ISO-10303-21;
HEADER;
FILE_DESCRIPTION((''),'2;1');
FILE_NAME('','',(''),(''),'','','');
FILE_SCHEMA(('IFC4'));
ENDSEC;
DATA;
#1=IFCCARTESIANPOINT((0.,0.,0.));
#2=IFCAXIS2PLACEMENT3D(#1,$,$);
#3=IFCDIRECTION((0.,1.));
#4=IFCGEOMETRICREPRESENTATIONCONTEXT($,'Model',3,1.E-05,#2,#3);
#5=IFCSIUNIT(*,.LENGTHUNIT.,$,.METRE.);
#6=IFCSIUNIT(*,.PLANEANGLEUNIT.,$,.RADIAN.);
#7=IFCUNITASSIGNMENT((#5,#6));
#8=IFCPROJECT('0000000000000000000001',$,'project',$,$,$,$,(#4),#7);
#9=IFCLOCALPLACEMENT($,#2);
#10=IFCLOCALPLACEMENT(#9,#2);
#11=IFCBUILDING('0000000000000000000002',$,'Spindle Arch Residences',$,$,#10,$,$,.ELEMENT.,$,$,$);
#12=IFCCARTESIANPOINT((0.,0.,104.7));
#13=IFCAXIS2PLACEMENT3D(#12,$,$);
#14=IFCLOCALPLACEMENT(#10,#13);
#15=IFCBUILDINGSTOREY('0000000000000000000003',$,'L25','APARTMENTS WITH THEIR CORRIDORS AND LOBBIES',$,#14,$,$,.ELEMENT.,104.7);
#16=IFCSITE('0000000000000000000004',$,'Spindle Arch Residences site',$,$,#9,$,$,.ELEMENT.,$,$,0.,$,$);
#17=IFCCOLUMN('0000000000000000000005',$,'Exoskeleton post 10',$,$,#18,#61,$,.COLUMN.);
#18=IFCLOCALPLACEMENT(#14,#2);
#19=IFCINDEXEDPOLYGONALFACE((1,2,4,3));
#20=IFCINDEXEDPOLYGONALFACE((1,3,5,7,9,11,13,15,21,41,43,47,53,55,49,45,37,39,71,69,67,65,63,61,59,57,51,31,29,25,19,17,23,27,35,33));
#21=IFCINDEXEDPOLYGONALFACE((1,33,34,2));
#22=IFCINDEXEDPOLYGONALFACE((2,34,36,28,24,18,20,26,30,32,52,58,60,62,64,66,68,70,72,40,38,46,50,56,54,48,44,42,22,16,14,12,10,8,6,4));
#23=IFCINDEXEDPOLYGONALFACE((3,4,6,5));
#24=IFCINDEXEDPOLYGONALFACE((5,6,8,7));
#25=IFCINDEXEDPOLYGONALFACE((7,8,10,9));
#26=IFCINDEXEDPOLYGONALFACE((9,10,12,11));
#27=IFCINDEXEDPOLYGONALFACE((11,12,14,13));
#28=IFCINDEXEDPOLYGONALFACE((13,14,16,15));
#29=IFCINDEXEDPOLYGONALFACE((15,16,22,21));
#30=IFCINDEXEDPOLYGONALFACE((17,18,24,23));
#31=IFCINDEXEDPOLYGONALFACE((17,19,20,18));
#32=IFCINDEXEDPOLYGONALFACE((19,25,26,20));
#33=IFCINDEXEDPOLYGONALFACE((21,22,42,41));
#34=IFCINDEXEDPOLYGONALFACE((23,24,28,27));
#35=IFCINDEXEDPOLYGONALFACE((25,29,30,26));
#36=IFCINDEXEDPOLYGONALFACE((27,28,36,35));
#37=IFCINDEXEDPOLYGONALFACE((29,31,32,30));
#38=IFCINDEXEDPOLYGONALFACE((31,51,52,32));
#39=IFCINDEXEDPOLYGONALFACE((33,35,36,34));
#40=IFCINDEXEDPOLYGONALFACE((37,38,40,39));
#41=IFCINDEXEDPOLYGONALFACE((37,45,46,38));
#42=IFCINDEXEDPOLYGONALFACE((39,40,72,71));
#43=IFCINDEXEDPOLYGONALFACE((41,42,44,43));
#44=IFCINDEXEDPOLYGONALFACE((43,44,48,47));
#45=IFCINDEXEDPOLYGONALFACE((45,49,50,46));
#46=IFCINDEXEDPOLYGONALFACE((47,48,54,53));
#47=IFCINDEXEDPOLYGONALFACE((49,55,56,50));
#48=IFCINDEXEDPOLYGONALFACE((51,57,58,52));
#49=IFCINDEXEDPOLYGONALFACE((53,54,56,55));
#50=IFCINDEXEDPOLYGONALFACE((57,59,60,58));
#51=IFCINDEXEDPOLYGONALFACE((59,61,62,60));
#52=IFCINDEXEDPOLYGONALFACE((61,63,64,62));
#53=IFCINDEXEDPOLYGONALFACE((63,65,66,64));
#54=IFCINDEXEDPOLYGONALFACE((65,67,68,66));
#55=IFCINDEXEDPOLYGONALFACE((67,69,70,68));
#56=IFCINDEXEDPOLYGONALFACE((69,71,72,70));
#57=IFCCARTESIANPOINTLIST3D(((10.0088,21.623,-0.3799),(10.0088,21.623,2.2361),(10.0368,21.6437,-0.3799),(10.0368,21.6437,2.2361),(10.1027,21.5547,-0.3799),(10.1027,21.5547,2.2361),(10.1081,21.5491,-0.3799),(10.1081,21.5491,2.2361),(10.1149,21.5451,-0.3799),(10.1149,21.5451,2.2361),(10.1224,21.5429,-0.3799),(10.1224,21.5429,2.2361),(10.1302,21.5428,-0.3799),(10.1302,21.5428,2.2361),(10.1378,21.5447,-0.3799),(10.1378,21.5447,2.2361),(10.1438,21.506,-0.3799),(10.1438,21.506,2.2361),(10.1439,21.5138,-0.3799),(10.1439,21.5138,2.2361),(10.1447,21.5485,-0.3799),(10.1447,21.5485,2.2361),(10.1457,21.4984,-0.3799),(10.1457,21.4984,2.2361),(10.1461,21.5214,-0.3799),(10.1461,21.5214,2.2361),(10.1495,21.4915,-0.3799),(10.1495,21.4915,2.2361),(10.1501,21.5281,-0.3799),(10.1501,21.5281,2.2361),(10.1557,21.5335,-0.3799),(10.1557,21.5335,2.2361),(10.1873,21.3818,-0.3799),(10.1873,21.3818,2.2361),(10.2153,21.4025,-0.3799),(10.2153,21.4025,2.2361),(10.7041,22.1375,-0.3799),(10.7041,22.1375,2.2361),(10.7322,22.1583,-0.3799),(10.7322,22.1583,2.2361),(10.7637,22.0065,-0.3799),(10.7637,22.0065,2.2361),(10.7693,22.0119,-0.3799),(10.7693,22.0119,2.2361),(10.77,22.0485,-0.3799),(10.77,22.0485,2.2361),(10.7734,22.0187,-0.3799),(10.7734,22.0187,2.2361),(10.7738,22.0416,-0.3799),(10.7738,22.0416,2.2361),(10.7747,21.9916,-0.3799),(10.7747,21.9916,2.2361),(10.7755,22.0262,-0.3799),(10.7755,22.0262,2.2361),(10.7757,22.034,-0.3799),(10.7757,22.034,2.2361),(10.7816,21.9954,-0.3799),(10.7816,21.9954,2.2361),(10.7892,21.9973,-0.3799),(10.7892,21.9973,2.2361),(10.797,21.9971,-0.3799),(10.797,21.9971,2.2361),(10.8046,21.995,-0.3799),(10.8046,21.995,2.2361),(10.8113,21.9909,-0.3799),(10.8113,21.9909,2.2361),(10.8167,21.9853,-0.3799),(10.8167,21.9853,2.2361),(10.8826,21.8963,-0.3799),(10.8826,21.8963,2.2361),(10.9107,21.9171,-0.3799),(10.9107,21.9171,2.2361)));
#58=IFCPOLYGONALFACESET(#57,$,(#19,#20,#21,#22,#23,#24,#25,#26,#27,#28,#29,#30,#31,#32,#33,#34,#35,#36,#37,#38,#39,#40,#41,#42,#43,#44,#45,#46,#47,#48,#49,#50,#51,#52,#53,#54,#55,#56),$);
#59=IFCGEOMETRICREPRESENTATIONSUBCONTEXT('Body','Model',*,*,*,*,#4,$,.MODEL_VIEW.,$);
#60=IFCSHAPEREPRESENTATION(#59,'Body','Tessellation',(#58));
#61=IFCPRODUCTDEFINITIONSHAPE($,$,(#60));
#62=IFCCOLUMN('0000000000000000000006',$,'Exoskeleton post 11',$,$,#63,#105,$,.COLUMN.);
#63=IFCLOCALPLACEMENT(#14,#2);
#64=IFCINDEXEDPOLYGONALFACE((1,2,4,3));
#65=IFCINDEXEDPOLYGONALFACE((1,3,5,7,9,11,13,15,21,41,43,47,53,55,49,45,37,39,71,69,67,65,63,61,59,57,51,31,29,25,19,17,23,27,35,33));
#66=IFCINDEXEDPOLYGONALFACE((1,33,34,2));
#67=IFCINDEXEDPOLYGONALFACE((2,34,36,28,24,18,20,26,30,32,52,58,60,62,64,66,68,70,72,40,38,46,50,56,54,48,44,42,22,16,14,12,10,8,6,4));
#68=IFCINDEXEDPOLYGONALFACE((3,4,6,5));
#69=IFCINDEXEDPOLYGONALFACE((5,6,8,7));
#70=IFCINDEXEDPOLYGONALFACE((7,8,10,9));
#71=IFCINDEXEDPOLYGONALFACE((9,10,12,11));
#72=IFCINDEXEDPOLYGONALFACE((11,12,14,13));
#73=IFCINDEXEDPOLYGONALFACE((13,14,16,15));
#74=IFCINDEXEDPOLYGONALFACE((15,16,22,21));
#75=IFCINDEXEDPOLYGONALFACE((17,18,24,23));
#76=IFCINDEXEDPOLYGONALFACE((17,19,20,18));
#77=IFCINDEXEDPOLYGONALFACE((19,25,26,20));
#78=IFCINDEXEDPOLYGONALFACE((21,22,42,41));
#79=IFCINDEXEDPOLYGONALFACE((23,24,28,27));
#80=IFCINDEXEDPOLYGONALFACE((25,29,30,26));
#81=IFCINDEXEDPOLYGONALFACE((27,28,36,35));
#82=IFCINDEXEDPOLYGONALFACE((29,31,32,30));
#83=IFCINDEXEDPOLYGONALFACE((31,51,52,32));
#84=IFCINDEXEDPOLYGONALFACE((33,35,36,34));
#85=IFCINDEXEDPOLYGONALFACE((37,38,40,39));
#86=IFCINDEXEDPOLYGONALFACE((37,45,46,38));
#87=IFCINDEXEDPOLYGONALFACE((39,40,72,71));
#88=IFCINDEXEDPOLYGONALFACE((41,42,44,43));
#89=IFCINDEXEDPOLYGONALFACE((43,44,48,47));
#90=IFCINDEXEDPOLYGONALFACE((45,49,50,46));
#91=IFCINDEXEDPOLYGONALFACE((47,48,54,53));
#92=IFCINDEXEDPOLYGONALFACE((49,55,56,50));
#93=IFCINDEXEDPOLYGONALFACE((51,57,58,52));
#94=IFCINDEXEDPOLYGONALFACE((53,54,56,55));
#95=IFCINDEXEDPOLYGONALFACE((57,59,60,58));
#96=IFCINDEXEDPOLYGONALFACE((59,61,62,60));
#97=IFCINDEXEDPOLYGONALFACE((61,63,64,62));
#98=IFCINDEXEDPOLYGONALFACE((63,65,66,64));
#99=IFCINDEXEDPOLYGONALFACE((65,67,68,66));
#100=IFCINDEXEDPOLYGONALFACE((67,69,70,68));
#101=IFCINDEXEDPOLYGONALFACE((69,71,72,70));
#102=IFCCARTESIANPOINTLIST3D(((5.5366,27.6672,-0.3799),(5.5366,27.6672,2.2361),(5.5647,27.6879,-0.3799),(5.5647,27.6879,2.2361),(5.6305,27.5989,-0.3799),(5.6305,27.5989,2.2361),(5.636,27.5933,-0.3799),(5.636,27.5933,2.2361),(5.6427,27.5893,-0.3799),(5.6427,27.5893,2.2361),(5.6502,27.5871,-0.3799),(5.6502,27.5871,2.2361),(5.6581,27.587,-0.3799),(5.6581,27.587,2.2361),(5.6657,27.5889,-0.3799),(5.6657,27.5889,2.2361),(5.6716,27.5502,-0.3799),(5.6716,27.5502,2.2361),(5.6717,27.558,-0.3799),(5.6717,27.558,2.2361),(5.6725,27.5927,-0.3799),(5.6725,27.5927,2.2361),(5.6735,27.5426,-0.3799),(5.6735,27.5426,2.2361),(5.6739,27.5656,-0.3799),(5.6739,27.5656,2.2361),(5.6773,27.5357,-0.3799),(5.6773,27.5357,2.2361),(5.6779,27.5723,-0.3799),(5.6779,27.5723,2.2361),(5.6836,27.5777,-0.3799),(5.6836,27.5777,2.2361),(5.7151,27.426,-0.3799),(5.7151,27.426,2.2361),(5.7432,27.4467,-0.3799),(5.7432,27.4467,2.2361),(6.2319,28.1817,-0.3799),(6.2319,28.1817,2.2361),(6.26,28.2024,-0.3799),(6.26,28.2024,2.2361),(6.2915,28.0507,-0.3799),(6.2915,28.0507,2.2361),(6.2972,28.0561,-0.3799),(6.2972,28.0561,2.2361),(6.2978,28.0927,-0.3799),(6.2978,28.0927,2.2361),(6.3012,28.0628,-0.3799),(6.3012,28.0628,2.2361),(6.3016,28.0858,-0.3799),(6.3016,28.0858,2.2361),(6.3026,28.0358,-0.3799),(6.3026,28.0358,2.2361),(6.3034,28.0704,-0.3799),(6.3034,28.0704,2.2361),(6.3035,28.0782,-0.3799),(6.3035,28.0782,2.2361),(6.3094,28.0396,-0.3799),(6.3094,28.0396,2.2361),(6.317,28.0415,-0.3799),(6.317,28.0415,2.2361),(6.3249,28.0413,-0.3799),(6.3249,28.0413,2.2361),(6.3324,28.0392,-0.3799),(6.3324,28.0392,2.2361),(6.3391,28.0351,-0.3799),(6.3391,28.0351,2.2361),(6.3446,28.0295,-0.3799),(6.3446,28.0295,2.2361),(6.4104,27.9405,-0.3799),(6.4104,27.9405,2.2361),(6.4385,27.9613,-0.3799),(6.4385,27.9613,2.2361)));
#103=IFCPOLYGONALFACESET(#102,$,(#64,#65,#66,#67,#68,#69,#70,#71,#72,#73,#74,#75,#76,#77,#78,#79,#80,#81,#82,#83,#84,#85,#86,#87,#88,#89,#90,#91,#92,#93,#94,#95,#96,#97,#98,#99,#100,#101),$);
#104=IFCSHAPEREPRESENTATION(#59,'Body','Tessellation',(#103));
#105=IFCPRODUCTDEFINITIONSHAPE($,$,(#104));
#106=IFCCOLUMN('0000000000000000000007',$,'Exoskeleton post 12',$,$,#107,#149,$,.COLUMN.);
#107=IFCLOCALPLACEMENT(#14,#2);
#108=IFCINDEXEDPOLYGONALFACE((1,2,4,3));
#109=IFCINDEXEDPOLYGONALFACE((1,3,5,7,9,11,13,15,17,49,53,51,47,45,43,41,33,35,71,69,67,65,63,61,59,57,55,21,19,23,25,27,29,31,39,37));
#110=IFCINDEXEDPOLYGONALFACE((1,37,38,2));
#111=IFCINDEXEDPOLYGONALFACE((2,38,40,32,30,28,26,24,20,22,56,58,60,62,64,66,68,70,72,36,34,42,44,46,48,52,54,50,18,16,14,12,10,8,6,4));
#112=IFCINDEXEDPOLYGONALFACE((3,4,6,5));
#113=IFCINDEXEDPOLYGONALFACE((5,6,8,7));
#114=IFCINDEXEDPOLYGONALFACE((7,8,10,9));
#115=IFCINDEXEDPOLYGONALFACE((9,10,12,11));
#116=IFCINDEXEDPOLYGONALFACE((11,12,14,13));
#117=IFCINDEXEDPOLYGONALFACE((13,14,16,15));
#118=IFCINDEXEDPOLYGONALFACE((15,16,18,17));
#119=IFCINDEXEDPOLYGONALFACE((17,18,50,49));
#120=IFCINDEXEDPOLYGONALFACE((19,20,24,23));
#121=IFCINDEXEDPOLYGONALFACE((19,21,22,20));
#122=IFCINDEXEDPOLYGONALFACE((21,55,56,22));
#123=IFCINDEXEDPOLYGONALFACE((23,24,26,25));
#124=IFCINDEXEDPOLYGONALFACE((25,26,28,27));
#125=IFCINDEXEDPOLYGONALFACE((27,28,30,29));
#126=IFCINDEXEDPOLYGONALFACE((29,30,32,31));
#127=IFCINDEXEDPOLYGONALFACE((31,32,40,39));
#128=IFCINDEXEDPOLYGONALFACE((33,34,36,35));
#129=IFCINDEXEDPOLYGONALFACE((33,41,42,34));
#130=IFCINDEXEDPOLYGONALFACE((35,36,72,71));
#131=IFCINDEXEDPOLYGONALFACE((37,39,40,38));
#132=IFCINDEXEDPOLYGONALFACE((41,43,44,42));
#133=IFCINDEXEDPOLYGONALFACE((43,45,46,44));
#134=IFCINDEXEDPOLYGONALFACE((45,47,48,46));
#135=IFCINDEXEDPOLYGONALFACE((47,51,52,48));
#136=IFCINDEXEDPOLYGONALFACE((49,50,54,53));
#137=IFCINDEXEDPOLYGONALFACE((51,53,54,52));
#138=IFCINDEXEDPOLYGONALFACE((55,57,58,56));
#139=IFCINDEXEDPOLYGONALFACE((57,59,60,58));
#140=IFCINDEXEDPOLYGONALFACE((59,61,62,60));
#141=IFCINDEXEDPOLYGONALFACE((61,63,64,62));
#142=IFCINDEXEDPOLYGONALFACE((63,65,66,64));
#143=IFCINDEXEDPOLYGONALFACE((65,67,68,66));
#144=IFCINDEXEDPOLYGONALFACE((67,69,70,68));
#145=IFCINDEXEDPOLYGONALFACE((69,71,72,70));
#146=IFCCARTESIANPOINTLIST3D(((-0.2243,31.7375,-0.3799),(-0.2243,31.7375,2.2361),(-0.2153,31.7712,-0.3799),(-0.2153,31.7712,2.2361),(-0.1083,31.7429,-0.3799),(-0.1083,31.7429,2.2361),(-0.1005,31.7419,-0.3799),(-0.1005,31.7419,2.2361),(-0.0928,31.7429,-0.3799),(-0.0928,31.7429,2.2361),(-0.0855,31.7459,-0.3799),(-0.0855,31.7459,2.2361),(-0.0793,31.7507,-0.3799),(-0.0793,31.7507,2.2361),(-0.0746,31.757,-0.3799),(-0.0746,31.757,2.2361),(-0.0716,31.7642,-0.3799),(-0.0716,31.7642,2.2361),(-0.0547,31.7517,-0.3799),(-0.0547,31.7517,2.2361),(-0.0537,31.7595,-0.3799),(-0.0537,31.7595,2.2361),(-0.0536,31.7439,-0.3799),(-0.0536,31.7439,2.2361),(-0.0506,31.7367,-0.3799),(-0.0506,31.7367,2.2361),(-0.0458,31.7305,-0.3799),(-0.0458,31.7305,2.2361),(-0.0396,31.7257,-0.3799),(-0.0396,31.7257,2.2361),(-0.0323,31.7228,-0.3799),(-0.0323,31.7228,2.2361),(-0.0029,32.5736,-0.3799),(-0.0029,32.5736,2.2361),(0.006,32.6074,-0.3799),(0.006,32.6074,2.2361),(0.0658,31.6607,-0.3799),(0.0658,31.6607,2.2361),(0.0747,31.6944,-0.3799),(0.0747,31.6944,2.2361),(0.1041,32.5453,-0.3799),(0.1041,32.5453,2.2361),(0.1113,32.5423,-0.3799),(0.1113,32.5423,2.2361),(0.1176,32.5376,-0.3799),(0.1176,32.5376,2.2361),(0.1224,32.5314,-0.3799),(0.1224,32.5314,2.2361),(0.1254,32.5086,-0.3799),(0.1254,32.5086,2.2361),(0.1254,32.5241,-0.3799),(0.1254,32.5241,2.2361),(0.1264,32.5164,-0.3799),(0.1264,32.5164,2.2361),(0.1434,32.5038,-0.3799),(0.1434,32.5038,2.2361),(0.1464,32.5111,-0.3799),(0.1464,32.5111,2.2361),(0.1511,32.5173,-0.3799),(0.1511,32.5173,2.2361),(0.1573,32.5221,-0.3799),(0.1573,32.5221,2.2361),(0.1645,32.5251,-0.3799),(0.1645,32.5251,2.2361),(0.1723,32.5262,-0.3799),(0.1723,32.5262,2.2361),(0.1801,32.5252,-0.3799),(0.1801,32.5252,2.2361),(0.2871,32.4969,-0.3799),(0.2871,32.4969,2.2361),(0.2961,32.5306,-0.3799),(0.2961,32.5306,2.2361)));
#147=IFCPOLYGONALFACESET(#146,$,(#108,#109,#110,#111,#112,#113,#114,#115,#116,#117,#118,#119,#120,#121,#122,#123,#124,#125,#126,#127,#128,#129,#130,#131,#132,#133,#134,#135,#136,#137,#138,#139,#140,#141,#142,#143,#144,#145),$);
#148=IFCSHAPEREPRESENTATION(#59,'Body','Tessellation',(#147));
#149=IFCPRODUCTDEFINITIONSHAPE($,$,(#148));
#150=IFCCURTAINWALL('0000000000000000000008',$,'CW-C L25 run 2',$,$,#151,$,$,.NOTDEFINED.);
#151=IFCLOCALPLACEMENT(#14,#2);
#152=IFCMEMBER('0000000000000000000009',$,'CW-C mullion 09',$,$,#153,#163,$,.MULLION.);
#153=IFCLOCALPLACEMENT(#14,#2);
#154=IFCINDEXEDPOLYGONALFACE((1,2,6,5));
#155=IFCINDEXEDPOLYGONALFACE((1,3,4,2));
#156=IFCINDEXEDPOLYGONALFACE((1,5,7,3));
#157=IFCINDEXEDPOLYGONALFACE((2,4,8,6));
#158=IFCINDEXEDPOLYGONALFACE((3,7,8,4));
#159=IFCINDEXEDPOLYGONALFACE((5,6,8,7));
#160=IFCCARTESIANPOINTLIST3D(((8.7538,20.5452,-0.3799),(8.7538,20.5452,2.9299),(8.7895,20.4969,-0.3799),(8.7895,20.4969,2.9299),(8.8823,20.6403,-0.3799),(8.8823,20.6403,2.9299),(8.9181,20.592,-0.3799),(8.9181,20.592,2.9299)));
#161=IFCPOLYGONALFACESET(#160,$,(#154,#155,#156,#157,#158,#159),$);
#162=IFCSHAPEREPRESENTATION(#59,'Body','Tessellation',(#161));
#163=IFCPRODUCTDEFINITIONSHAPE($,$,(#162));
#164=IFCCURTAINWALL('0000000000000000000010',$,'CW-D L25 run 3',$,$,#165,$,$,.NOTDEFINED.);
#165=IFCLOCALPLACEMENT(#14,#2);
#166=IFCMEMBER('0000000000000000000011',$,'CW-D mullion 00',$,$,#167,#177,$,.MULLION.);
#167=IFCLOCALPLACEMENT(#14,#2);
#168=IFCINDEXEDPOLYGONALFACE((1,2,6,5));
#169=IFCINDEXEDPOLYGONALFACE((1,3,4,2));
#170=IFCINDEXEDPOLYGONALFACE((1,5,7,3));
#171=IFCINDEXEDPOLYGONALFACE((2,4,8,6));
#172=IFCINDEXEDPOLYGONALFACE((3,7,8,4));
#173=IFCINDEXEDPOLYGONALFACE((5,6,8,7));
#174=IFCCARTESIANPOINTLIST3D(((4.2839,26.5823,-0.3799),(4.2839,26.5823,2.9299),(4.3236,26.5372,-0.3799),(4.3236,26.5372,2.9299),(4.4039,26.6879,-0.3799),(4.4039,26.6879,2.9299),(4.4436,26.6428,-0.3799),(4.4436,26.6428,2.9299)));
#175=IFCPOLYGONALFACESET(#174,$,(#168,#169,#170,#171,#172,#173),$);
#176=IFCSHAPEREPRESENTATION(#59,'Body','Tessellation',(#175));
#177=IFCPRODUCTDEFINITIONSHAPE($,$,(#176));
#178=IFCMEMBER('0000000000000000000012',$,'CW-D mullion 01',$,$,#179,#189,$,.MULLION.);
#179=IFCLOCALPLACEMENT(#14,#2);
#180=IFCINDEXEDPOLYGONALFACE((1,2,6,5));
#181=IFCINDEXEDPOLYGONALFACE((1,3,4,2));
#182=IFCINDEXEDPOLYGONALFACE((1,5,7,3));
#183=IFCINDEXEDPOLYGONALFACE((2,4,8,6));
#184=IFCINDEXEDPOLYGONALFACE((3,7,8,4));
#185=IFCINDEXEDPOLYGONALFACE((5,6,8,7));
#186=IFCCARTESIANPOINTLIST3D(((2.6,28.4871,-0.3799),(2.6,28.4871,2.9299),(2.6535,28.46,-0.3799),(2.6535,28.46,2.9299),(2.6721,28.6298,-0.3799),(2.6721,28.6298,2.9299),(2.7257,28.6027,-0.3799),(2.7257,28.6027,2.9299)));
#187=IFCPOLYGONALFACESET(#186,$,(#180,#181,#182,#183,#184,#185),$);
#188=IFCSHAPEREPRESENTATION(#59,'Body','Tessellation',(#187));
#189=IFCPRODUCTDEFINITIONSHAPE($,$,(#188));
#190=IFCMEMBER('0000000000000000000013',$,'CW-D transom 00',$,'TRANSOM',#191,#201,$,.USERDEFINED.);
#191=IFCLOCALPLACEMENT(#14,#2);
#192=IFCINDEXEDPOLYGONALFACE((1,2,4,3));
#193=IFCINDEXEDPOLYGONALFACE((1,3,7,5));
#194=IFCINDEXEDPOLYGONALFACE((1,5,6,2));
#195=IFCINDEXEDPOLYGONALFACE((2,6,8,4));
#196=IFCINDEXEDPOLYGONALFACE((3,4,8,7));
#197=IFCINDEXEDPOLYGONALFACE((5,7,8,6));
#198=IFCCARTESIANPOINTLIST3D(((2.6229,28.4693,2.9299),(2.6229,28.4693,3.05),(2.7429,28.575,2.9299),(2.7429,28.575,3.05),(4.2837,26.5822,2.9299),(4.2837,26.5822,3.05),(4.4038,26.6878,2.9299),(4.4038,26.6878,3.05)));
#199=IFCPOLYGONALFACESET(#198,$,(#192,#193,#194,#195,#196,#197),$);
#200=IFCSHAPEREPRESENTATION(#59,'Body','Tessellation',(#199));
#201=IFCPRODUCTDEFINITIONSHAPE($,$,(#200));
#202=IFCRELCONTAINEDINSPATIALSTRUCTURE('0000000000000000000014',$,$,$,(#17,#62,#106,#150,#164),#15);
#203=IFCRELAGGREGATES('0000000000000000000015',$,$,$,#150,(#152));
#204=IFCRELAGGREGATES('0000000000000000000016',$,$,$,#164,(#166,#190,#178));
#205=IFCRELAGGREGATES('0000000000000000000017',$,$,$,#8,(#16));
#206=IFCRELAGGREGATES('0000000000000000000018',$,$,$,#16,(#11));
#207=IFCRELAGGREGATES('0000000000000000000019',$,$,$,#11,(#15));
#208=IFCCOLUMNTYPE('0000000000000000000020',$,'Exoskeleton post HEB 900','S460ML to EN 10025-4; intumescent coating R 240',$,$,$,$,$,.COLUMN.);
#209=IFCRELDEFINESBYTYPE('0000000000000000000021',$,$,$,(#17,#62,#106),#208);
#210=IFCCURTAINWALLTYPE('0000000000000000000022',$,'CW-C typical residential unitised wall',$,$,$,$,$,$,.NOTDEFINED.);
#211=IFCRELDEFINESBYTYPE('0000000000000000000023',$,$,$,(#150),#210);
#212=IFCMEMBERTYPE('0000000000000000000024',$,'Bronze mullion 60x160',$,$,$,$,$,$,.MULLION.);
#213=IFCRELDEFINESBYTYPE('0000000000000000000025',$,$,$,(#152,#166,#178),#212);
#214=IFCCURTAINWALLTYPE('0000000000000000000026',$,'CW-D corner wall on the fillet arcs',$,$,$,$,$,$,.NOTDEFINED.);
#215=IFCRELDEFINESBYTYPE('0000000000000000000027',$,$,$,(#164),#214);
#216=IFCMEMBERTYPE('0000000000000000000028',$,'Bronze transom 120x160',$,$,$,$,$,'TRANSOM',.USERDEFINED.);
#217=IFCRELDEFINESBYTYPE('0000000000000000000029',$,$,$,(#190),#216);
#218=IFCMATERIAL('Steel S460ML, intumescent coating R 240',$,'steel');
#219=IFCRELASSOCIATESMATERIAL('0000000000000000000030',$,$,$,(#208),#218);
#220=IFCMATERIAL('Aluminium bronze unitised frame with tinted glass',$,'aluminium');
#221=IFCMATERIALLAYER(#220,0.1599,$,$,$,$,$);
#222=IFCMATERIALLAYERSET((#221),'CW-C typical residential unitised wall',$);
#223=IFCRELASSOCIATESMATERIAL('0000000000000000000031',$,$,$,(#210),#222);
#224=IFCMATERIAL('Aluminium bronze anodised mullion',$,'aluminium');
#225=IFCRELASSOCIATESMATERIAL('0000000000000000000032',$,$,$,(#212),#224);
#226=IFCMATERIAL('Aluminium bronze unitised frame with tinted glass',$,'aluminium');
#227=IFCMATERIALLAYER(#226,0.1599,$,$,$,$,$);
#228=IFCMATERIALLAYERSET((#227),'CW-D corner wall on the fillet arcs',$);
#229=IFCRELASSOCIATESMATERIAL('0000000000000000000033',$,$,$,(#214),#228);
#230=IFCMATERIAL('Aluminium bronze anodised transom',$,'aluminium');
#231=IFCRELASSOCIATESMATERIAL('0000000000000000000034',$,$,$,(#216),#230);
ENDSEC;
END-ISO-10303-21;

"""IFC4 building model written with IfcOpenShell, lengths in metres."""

from ifc_helpers import new_model, si_unit, direction, frame, origin, origin_2d, place, context, subcontext, project, spatial, rectangle, i_section, extrude, material, layer, layer_set, material_profile, profile_set, type_object, element, aggregate, save


model = new_model("IFC4")

# Units and contexts
model_context = context("Model", 3, precision=1e-05, world=origin(), true_north=direction((0.0, 1.0)))
body_context = subcontext(model_context, "Body", "Model", "MODEL_VIEW")
ifc_project = project(units=[si_unit("LENGTHUNIT", "METRE"), si_unit("PLANEANGLEUNIT", "RADIAN")], contexts=[model_context])

# Site, building, storey
site_placement = place(None, origin())
site = spatial("IfcSite", under=ifc_project, at=site_placement, Name="Spindle Arch Residences site", CompositionType="ELEMENT", RefElevation=0.0)
building_placement = place(site_placement, origin())
building = spatial("IfcBuilding", under=site, at=building_placement, Name="Spindle Arch Residences", CompositionType="ELEMENT")
storey_placement = place(building_placement, frame((0.0, 0.0, 104.7)))
storey = spatial("IfcBuildingStorey", under=building, at=storey_placement, Name="L25", Description="APARTMENTS WITH THEIR CORRIDORS AND LOBBIES", CompositionType="ELEMENT", Elevation=104.7)

# Columns
ifc_material_1 = material(Name="Steel S460ML, intumescent coating R 240", Category="steel")
ifc_material_profile_1 = material_profile(ifc_material_1, i_section(OverallWidth=0.3, OverallDepth=0.8999, WebThickness=0.0186, FlangeThickness=0.0349, FilletRadius=0.03, at=origin_2d()), Name="HEB 900")
ifc_profile_set_1 = profile_set([ifc_material_profile_1], Name="Steel S460ML, intumescent coating R 240")
column_type = type_object("IfcColumnType", Name="Exoskeleton post HEB 900", Description="S460ML to EN 10025-4; intumescent coating R 240", PredefinedType="COLUMN", material=ifc_profile_set_1)
for number, where, z_axis, x_axis, name in (
    (1, (10.4597, 21.77, -0.3799), (0.0, 0.0, 1.0), (0.594823, -0.803857, 0.0), "Exoskeleton post 10"),
    (2, (5.9875, 27.8142, -0.3799), (0.0, 0.0, 1.0), (0.594823, -0.803857, 0.0), "Exoskeleton post 11"),
    (3, (0.0359, 32.134, -0.3799), (0.0, 0.0, 1.0), (0.966705, -0.255894, 0.0), "Exoskeleton post 12"),
):
    element("IfcColumn", number, at=place(storey_placement, frame(where, z_axis=z_axis, x_axis=x_axis)), inside=storey, type_object=column_type, Name=name, PredefinedType="COLUMN", context=body_context, shape_type="SweptSolid", body=[
        extrude(i_section(OverallWidth=0.3, OverallDepth=0.8999, WebThickness=0.0186, FlangeThickness=0.0349, FilletRadius=0.03, at=origin_2d()), origin(), (0.0, 0.0, 1.0), 2.616),
    ])

# Curtain wall, member
ifc_material_2 = material(Name="Aluminium bronze unitised frame with tinted glass", Category="aluminium")
ifc_layer_1 = layer(ifc_material_2, 0.1599)
ifc_layer_set_1 = layer_set([ifc_layer_1], Name="CW-C typical residential unitised wall")
curtain_wall_type_1 = type_object("IfcCurtainWallType", Name="CW-C typical residential unitised wall", PredefinedType="NOTDEFINED", material=ifc_layer_set_1)
curtain_wall_1_placement = place(storey_placement, origin())
curtain_wall_1 = element("IfcCurtainWall", 4, at=curtain_wall_1_placement, inside=storey, type_object=curtain_wall_type_1, Name="CW-C L25 run 2", PredefinedType="NOTDEFINED")
ifc_material_3 = material(Name="Aluminium bronze anodised mullion", Category="aluminium")
ifc_material_profile_2 = material_profile(ifc_material_3, rectangle(XDim=0.1599, YDim=0.0601, at=origin_2d()), Name="MU 60x160")
ifc_profile_set_2 = profile_set([ifc_material_profile_2], Name="Aluminium bronze anodised mullion")
member_type_1 = type_object("IfcMemberType", Name="Bronze mullion 60x160", PredefinedType="MULLION", material=ifc_profile_set_2)
member_1_placement = place(storey_placement, frame((8.8359, 20.5686, -0.3799), z_axis=(0.0, 0.0, 1.0), x_axis=(-0.803857, -0.594823, 0.0)))
member_1 = element("IfcMember", 5, at=member_1_placement, type_object=member_type_1, Name="CW-C mullion 09", PredefinedType="MULLION", context=body_context, shape_type="SweptSolid", body=[
    extrude(rectangle(XDim=0.1599, YDim=0.0601, at=origin_2d()), origin(), (0.0, 0.0, 1.0), 3.3098),
])

# Curtain wall, members
ifc_material_4 = material(Name="Aluminium bronze unitised frame with tinted glass", Category="aluminium")
ifc_layer_2 = layer(ifc_material_4, 0.1599)
ifc_layer_set_2 = layer_set([ifc_layer_2], Name="CW-D corner wall on the fillet arcs")
curtain_wall_type_2 = type_object("IfcCurtainWallType", Name="CW-D corner wall on the fillet arcs", PredefinedType="NOTDEFINED", material=ifc_layer_set_2)
curtain_wall_2_placement = place(storey_placement, origin())
curtain_wall_2 = element("IfcCurtainWall", 6, at=curtain_wall_2_placement, inside=storey, type_object=curtain_wall_type_2, Name="CW-D L25 run 3", PredefinedType="NOTDEFINED")
member_2_placement = place(storey_placement, frame((4.3638, 26.6125, -0.3799), z_axis=(0.0, 0.0, 1.0), x_axis=(-0.750647, -0.660704, 0.0)))
member_2 = element("IfcMember", 7, at=member_2_placement, type_object=member_type_1, Name="CW-D mullion 00", PredefinedType="MULLION", context=body_context, shape_type="SweptSolid", body=[
    extrude(rectangle(XDim=0.1599, YDim=0.0601, at=origin_2d()), origin(), (0.0, 0.0, 1.0), 3.3098),
])
member_3_placement = place(storey_placement, frame((2.6628, 28.5449, -0.3799), z_axis=(0.0, 0.0, 1.0), x_axis=(-0.451397, -0.892323, 0.0)))
member_3 = element("IfcMember", 8, at=member_3_placement, type_object=member_type_1, Name="CW-D mullion 01", PredefinedType="MULLION", context=body_context, shape_type="SweptSolid", body=[
    extrude(rectangle(XDim=0.1599, YDim=0.0601, at=origin_2d()), origin(), (0.0, 0.0, 1.0), 3.3098),
])
ifc_material_5 = material(Name="Aluminium bronze anodised transom", Category="aluminium")
ifc_material_profile_3 = material_profile(ifc_material_5, rectangle(XDim=0.1599, YDim=0.1201, at=origin_2d()), Name="TR 120x160")
ifc_profile_set_3 = profile_set([ifc_material_profile_3], Name="Aluminium bronze anodised transom")
member_type_2 = type_object("IfcMemberType", Name="Bronze transom 120x160", ElementType="TRANSOM", PredefinedType="USERDEFINED", material=ifc_profile_set_3)
member_4_placement = place(storey_placement, frame((4.3438, 26.635, 2.99), z_axis=(-0.660661, 0.750685, 0.0), x_axis=(-0.750685, -0.660661, 0.0)))
member_4 = element("IfcMember", 9, at=member_4_placement, type_object=member_type_2, Name="CW-D transom 00", ObjectType="TRANSOM", PredefinedType="USERDEFINED", context=body_context, shape_type="SweptSolid", body=[
    extrude(rectangle(XDim=0.1599, YDim=0.1201, at=origin_2d()), origin(), (0.0, 0.0, 1.0), 2.5139),
])

aggregate(curtain_wall_1, [member_1])
aggregate(curtain_wall_2, [member_2, member_4, member_3])

save(model, "model.ifc")
